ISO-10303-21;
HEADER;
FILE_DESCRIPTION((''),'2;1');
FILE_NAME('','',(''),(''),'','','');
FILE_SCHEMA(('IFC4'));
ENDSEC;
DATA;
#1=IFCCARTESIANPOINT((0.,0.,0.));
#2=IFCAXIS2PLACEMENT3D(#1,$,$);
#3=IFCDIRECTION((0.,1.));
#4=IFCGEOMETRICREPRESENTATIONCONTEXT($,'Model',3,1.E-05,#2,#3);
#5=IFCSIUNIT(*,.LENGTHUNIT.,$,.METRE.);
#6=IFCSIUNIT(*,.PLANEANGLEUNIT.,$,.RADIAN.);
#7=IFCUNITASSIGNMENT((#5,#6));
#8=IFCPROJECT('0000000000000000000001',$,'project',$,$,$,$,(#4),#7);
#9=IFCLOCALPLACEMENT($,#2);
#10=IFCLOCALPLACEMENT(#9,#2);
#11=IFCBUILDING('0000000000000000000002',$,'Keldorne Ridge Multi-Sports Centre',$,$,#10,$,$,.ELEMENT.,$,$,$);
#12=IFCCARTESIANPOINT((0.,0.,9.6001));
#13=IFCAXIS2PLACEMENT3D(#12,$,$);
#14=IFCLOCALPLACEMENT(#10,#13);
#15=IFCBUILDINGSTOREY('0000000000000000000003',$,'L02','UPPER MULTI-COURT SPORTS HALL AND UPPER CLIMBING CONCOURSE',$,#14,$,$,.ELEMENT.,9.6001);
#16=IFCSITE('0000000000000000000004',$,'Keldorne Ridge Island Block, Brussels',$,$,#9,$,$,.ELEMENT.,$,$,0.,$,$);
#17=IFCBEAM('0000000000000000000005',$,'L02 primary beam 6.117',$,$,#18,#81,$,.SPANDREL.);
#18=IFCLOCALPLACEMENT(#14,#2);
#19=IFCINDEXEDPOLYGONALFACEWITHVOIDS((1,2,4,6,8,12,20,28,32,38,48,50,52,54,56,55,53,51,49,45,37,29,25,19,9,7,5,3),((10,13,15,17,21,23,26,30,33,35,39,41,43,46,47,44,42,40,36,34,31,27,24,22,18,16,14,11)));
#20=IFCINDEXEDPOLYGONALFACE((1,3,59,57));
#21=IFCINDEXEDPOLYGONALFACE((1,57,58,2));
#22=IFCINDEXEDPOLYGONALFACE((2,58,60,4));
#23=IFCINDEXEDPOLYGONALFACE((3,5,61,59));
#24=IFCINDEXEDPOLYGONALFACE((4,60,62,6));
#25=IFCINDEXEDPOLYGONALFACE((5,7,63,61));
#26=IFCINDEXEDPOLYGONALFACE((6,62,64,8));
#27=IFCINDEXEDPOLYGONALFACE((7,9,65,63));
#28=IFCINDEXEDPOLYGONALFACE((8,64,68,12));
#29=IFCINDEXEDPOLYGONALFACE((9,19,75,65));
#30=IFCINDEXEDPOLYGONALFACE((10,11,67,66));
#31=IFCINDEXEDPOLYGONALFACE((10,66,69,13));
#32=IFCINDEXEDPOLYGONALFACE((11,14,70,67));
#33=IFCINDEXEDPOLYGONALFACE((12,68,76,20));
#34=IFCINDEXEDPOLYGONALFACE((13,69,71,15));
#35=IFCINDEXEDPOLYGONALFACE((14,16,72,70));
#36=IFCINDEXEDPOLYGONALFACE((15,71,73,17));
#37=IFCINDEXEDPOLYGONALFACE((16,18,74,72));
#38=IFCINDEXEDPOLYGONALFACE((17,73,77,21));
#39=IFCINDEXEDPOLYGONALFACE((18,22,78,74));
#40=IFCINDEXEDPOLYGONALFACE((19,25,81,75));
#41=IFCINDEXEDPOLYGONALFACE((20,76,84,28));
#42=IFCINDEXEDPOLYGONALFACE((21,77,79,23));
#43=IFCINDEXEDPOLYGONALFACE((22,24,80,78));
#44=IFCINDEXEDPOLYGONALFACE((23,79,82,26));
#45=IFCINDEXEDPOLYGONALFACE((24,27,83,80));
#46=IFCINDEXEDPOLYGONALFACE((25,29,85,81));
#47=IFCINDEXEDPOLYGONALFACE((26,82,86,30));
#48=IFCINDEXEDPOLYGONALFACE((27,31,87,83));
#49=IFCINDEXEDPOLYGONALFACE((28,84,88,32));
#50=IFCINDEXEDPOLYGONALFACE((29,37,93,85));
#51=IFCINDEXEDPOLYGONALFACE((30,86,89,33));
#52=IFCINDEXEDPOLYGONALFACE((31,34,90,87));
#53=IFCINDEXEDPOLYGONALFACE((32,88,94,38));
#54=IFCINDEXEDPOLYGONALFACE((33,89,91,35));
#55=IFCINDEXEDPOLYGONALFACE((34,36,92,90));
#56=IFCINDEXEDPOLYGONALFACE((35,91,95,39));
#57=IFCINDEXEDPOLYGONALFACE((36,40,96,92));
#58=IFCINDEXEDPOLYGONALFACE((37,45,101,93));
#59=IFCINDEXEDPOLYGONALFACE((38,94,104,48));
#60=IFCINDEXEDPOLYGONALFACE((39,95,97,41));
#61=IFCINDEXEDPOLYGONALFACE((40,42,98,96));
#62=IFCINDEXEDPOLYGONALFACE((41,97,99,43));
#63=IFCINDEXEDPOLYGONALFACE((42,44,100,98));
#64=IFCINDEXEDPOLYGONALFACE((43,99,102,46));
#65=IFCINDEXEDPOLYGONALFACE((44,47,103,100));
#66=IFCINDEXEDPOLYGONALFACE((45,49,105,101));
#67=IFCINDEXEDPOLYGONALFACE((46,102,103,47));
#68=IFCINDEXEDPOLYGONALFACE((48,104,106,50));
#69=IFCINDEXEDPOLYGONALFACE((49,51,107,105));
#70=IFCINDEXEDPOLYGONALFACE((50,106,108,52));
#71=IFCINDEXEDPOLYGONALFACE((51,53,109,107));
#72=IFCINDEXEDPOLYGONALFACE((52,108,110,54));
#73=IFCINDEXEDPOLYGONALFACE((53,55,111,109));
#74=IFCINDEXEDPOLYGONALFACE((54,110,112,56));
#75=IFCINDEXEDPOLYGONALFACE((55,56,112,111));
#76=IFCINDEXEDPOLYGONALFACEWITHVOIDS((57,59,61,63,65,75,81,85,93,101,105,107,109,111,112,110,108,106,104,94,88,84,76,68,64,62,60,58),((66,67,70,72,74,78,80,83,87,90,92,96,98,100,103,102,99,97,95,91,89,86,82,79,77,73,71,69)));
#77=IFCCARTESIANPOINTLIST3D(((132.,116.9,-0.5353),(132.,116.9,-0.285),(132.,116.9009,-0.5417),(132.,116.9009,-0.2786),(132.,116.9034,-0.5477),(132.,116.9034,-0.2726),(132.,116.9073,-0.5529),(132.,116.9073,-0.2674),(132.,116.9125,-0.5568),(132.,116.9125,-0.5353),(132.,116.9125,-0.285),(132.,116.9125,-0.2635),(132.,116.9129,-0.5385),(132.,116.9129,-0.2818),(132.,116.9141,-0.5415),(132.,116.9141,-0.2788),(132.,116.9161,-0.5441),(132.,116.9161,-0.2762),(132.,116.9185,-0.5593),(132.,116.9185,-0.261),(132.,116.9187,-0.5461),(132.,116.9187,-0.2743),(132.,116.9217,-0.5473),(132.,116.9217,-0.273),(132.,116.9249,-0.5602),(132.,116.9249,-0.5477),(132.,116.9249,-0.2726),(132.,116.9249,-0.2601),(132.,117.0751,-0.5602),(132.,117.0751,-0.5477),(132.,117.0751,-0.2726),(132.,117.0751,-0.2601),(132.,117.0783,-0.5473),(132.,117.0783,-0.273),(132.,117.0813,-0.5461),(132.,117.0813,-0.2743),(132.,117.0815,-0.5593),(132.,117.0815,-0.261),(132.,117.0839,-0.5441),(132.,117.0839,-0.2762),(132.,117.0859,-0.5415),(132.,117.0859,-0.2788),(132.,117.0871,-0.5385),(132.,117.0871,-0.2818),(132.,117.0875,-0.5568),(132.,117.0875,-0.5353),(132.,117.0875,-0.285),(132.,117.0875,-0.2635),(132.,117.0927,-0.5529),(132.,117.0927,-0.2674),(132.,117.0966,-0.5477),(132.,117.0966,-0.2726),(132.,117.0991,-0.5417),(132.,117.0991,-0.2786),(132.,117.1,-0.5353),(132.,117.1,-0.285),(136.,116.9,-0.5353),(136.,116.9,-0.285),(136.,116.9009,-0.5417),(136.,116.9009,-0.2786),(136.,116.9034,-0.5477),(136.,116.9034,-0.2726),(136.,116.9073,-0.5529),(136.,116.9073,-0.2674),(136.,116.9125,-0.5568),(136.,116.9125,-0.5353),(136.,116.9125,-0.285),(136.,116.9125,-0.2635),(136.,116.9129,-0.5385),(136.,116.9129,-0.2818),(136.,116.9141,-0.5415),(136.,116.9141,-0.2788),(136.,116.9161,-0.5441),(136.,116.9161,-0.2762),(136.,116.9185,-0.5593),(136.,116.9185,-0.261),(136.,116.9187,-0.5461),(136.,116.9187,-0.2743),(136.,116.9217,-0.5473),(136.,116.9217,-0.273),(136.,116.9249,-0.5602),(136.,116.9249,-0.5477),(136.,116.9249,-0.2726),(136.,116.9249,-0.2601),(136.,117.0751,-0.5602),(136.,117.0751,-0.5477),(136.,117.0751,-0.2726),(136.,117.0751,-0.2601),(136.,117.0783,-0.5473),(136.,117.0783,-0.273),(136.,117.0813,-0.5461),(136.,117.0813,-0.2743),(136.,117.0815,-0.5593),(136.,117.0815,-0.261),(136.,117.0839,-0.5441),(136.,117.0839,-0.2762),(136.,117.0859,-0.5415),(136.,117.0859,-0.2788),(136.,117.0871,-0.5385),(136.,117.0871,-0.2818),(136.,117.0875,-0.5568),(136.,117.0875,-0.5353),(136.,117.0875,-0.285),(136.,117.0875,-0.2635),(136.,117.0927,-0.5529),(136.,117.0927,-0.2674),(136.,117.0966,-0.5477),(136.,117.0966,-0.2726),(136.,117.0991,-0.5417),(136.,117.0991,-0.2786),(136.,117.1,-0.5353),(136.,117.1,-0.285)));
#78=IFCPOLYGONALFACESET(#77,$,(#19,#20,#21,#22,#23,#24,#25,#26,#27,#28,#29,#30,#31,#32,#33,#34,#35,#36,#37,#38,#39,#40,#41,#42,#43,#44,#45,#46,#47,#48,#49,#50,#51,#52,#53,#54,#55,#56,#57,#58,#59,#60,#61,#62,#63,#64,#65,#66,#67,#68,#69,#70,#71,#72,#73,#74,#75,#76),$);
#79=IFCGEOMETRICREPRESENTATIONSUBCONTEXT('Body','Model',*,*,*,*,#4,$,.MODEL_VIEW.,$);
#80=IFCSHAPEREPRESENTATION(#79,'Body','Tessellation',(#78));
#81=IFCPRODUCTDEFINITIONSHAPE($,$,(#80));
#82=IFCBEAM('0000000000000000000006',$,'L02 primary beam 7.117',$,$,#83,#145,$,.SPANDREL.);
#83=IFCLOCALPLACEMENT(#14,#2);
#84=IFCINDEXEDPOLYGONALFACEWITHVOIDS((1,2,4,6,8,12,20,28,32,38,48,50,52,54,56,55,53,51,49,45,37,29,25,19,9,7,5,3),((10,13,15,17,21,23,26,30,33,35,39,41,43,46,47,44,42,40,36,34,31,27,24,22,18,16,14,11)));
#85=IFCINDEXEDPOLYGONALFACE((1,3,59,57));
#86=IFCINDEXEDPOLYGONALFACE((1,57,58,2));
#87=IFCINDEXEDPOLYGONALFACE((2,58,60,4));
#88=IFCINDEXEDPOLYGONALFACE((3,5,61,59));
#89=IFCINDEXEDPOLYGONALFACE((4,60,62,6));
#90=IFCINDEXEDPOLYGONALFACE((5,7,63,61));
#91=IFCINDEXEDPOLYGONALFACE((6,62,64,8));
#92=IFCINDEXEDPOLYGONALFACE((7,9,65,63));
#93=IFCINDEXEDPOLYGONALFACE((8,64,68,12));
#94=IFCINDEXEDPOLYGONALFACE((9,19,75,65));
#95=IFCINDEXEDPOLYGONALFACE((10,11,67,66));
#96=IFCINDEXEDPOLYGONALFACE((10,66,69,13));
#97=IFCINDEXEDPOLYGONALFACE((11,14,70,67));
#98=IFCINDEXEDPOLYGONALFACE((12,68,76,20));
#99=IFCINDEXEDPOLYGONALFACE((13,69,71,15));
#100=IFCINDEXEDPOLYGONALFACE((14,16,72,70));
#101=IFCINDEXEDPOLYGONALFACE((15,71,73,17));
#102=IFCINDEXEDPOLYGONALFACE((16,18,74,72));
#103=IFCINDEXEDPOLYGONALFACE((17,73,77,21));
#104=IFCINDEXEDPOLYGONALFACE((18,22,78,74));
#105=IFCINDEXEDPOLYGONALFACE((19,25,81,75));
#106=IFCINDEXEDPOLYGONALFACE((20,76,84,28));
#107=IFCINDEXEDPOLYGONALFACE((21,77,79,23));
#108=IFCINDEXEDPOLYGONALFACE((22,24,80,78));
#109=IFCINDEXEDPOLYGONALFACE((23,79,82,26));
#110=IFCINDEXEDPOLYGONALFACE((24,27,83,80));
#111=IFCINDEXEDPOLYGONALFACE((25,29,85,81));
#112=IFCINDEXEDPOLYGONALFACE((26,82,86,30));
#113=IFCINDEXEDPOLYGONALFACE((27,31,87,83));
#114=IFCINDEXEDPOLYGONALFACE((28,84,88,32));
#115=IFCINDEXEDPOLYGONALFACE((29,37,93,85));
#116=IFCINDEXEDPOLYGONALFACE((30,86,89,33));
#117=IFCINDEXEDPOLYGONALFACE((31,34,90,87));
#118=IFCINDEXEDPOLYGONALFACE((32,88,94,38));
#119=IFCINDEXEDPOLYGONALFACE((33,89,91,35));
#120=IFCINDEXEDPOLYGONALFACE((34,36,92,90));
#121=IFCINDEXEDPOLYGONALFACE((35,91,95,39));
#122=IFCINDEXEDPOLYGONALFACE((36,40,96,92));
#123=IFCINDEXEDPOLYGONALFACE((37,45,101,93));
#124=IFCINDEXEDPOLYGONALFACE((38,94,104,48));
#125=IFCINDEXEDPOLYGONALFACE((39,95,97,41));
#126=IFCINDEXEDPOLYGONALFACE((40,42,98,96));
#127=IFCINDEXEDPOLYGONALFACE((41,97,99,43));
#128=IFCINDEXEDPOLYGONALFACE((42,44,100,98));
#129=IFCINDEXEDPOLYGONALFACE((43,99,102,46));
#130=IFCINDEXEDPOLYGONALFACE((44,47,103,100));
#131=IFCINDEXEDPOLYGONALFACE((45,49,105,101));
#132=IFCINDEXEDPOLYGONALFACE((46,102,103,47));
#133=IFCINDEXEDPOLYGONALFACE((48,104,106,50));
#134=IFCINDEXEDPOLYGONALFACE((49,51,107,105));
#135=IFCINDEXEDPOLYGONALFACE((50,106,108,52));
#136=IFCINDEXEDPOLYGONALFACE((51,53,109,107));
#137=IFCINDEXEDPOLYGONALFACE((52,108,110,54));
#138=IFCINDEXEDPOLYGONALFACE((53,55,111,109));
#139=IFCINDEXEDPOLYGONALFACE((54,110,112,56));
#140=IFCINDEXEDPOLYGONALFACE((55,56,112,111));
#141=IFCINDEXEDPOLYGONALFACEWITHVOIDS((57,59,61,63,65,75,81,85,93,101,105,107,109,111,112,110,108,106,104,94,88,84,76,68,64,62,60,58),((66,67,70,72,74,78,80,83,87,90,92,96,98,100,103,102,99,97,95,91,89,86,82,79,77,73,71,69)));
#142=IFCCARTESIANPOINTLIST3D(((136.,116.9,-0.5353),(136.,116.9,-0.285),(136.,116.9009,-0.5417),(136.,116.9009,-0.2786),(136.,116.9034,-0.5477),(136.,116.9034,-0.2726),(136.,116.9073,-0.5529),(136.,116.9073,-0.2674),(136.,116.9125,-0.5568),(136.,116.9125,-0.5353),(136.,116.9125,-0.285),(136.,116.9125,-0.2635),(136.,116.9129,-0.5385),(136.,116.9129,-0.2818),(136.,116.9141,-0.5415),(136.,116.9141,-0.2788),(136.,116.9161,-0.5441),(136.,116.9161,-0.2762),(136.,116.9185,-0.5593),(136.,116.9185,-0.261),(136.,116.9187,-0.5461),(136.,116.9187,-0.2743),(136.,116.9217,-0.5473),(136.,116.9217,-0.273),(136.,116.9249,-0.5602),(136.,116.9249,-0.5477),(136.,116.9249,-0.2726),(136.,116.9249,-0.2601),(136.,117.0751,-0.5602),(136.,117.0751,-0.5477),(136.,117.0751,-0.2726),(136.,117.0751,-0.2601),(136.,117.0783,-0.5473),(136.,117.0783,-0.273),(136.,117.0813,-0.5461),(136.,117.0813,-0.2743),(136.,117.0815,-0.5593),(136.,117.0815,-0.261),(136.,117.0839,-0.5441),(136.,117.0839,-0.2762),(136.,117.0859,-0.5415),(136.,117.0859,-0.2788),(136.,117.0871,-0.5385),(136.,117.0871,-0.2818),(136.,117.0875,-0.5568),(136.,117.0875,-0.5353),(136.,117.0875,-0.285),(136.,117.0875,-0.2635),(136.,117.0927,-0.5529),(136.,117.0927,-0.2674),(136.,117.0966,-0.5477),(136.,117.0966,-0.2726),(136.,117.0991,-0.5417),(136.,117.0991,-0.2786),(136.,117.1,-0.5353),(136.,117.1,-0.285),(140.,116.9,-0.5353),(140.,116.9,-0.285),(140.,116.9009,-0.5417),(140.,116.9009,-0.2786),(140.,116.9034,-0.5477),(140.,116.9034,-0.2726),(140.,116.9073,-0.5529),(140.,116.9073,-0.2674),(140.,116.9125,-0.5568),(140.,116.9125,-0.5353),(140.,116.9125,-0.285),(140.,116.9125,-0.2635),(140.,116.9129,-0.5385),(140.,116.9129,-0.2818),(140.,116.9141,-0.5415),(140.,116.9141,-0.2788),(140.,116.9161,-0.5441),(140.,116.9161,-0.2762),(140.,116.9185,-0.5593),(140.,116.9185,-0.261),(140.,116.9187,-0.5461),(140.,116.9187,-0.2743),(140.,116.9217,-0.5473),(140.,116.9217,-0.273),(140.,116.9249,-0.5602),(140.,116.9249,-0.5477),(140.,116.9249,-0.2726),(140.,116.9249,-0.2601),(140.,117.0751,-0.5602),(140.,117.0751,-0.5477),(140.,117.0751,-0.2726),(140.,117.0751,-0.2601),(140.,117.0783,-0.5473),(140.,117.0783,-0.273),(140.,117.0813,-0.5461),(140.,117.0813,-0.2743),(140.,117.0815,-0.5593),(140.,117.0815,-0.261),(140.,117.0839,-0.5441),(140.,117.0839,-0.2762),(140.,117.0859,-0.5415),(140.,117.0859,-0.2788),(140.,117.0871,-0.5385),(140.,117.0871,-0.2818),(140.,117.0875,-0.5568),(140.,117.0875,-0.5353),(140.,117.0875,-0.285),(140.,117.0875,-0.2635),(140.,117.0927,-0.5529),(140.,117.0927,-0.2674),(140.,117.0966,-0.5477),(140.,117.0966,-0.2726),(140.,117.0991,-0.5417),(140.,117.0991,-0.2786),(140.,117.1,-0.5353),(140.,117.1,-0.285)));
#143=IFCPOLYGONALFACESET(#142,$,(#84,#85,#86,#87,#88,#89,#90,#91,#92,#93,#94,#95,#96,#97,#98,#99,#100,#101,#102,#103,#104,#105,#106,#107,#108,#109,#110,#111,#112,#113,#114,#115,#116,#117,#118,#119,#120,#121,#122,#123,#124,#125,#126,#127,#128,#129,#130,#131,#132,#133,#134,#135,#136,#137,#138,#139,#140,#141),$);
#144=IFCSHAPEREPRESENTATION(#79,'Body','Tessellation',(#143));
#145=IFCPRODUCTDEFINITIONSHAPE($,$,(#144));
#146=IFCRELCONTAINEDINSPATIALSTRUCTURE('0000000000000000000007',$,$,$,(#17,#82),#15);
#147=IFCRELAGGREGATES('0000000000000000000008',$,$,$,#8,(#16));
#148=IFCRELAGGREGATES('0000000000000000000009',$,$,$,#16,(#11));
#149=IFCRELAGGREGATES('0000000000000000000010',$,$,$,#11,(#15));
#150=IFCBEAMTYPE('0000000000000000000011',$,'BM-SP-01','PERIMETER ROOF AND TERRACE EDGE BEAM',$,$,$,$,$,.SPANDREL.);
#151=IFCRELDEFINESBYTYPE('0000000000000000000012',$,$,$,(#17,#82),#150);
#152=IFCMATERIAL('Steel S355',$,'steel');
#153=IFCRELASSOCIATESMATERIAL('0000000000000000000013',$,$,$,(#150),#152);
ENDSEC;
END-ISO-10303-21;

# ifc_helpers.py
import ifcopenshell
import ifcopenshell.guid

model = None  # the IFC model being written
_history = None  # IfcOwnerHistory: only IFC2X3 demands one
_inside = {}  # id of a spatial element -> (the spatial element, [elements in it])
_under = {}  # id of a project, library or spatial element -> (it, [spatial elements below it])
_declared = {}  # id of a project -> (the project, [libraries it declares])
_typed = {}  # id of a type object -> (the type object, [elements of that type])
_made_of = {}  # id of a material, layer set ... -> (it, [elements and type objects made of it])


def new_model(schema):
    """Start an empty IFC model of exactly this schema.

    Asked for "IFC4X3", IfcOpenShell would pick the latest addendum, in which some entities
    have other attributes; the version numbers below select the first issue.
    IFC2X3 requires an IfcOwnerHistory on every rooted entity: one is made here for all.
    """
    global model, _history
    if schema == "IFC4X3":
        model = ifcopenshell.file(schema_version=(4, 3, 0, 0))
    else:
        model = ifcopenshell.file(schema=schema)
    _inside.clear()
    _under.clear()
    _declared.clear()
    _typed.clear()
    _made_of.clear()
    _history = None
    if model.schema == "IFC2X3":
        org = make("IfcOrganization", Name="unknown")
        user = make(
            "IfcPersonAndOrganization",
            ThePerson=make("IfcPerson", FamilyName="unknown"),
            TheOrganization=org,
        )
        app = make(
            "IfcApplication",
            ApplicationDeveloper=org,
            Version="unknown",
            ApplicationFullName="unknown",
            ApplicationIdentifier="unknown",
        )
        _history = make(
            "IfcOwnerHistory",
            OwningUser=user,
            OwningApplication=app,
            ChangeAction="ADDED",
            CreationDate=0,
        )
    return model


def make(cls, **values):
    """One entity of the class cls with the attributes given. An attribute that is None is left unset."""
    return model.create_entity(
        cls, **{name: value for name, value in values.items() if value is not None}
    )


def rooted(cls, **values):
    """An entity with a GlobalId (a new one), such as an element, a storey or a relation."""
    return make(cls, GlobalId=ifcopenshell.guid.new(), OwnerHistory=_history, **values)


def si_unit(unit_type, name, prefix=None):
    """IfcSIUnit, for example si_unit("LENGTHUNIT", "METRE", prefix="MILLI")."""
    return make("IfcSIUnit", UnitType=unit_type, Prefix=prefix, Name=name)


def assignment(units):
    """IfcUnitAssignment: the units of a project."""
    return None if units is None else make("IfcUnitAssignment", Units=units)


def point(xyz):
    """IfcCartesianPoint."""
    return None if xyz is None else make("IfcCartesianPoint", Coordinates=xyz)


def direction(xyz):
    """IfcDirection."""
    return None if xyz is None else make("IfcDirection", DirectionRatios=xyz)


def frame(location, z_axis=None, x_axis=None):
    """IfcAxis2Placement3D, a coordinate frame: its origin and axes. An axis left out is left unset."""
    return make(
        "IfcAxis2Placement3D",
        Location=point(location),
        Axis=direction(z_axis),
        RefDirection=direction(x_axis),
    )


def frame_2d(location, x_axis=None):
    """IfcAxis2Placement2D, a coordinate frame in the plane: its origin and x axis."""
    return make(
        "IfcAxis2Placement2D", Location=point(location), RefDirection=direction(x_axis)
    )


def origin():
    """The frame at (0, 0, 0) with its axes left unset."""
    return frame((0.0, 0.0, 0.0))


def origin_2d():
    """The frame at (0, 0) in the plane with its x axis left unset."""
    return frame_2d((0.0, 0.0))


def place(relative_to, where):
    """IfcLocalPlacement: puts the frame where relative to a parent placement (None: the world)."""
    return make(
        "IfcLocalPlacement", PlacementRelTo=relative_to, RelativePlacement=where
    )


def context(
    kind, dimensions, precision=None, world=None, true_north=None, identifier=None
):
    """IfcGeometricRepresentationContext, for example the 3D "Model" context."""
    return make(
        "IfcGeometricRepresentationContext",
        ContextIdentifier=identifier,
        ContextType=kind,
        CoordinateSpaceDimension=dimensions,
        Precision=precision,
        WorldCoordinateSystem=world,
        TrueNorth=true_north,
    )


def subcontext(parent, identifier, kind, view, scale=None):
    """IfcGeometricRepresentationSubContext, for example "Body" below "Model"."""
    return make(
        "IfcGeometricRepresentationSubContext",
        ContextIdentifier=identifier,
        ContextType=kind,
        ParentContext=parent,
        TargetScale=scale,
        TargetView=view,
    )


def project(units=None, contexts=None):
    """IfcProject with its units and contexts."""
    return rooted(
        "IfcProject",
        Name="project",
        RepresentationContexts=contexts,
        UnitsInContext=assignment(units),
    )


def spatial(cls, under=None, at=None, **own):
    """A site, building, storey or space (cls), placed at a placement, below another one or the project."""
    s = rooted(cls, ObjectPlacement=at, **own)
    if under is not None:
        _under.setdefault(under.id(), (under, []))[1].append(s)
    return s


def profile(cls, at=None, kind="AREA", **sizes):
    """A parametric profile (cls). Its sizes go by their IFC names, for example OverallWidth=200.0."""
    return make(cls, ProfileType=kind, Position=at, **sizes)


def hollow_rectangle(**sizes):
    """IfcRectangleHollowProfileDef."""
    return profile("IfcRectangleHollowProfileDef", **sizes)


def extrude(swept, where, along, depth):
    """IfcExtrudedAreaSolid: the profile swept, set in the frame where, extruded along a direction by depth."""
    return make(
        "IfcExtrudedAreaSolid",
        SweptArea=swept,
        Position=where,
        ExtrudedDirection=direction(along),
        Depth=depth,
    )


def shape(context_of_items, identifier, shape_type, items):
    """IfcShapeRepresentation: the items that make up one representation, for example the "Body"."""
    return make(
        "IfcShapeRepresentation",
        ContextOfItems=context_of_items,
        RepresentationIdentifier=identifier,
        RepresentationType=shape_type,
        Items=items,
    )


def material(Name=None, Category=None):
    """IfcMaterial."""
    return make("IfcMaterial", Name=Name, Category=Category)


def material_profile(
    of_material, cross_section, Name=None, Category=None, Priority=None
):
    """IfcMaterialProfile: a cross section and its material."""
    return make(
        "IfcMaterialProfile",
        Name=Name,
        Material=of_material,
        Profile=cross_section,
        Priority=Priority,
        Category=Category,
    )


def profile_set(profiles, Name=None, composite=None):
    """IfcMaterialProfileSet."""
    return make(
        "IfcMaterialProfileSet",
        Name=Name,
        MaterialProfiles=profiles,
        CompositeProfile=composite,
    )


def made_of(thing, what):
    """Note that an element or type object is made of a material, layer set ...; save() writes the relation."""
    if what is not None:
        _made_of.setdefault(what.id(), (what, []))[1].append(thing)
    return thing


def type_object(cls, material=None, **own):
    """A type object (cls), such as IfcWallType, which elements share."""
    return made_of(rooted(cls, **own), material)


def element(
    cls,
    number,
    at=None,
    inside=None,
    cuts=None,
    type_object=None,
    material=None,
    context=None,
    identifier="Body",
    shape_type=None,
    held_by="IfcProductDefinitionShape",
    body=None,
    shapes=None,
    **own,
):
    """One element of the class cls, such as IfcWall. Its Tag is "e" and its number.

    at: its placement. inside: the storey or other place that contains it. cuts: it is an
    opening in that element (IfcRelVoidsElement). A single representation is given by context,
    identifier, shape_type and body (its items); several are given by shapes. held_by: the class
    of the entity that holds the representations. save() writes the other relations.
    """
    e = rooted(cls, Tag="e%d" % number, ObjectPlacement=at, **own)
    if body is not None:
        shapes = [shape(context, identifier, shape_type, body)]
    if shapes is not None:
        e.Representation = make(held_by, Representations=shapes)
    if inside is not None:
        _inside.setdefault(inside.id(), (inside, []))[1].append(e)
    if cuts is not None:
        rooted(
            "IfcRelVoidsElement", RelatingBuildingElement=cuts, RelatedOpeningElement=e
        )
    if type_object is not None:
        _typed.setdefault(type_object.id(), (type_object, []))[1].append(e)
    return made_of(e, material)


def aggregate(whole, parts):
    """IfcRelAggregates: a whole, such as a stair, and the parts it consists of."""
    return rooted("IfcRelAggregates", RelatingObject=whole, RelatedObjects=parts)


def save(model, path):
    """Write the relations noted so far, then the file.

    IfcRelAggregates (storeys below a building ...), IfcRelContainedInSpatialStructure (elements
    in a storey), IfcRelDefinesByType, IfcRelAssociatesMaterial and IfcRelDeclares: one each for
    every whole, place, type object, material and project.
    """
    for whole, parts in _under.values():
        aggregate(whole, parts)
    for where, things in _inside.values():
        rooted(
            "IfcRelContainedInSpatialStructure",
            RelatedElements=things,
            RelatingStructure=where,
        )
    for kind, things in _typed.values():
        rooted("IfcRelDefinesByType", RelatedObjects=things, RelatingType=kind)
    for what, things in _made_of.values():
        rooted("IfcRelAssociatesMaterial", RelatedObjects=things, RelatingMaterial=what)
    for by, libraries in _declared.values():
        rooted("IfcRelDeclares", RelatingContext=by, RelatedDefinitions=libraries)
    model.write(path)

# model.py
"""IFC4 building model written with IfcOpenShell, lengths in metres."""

from ifc_helpers import new_model, si_unit, direction, frame, origin, origin_2d, place, context, subcontext, project, spatial, hollow_rectangle, extrude, material, material_profile, profile_set, type_object, element, save


model = new_model("IFC4")

# Units and contexts
model_context = context("Model", 3, precision=1e-05, world=origin(), true_north=direction((0.0, 1.0)))
body_context = subcontext(model_context, "Body", "Model", "MODEL_VIEW")
ifc_project = project(units=[si_unit("LENGTHUNIT", "METRE"), si_unit("PLANEANGLEUNIT", "RADIAN")], contexts=[model_context])

# Site, building, storey
site_placement = place(None, origin())
site = spatial("IfcSite", under=ifc_project, at=site_placement, Name="Keldorne Ridge Island Block, Brussels", CompositionType="ELEMENT", RefElevation=0.0)
building_placement = place(site_placement, origin())
building = spatial("IfcBuilding", under=site, at=building_placement, Name="Keldorne Ridge Multi-Sports Centre", CompositionType="ELEMENT")
storey_placement = place(building_placement, frame((0.0, 0.0, 9.6001)))
storey = spatial("IfcBuildingStorey", under=building, at=storey_placement, Name="L02", Description="UPPER MULTI-COURT SPORTS HALL AND UPPER CLIMBING CONCOURSE", CompositionType="ELEMENT", Elevation=9.6001)

# Shared definitions
ifc_material_1 = material(Name="Steel S355", Category="steel")

# Beams
ifc_material_profile_1 = material_profile(ifc_material_1, hollow_rectangle(XDim=0.2, YDim=0.3, WallThickness=0.0125, InnerFilletRadius=0.0125, OuterFilletRadius=0.0249, at=origin_2d()), Name="RHS 300x200x12.5")
ifc_profile_set_1 = profile_set([ifc_material_profile_1], Name="Steel S355")
beam_type = type_object("IfcBeamType", Name="BM-SP-01", Description="PERIMETER ROOF AND TERRACE EDGE BEAM", PredefinedType="SPANDREL", material=ifc_profile_set_1)
for number, where, z_axis, x_axis, name in (
    (1, (132.0, 117.0, -0.4102), (1.0, 0.0, 0.0), (0.0, 1.0, 0.0), "L02 primary beam 6.117"),
    (2, (136.0, 117.0, -0.4102), (1.0, 0.0, 0.0), (0.0, 1.0, 0.0), "L02 primary beam 7.117"),
):
    element("IfcBeam", number, at=place(storey_placement, frame(where, z_axis=z_axis, x_axis=x_axis)), inside=storey, type_object=beam_type, Name=name, PredefinedType="SPANDREL", context=body_context, shape_type="SweptSolid", body=[
        extrude(hollow_rectangle(XDim=0.2, YDim=0.3, WallThickness=0.0125, InnerFilletRadius=0.0125, OuterFilletRadius=0.0249, at=origin_2d()), origin(), (0.0, 0.0, 1.0), 4.0),
    ])

save(model, "model.ifc")
